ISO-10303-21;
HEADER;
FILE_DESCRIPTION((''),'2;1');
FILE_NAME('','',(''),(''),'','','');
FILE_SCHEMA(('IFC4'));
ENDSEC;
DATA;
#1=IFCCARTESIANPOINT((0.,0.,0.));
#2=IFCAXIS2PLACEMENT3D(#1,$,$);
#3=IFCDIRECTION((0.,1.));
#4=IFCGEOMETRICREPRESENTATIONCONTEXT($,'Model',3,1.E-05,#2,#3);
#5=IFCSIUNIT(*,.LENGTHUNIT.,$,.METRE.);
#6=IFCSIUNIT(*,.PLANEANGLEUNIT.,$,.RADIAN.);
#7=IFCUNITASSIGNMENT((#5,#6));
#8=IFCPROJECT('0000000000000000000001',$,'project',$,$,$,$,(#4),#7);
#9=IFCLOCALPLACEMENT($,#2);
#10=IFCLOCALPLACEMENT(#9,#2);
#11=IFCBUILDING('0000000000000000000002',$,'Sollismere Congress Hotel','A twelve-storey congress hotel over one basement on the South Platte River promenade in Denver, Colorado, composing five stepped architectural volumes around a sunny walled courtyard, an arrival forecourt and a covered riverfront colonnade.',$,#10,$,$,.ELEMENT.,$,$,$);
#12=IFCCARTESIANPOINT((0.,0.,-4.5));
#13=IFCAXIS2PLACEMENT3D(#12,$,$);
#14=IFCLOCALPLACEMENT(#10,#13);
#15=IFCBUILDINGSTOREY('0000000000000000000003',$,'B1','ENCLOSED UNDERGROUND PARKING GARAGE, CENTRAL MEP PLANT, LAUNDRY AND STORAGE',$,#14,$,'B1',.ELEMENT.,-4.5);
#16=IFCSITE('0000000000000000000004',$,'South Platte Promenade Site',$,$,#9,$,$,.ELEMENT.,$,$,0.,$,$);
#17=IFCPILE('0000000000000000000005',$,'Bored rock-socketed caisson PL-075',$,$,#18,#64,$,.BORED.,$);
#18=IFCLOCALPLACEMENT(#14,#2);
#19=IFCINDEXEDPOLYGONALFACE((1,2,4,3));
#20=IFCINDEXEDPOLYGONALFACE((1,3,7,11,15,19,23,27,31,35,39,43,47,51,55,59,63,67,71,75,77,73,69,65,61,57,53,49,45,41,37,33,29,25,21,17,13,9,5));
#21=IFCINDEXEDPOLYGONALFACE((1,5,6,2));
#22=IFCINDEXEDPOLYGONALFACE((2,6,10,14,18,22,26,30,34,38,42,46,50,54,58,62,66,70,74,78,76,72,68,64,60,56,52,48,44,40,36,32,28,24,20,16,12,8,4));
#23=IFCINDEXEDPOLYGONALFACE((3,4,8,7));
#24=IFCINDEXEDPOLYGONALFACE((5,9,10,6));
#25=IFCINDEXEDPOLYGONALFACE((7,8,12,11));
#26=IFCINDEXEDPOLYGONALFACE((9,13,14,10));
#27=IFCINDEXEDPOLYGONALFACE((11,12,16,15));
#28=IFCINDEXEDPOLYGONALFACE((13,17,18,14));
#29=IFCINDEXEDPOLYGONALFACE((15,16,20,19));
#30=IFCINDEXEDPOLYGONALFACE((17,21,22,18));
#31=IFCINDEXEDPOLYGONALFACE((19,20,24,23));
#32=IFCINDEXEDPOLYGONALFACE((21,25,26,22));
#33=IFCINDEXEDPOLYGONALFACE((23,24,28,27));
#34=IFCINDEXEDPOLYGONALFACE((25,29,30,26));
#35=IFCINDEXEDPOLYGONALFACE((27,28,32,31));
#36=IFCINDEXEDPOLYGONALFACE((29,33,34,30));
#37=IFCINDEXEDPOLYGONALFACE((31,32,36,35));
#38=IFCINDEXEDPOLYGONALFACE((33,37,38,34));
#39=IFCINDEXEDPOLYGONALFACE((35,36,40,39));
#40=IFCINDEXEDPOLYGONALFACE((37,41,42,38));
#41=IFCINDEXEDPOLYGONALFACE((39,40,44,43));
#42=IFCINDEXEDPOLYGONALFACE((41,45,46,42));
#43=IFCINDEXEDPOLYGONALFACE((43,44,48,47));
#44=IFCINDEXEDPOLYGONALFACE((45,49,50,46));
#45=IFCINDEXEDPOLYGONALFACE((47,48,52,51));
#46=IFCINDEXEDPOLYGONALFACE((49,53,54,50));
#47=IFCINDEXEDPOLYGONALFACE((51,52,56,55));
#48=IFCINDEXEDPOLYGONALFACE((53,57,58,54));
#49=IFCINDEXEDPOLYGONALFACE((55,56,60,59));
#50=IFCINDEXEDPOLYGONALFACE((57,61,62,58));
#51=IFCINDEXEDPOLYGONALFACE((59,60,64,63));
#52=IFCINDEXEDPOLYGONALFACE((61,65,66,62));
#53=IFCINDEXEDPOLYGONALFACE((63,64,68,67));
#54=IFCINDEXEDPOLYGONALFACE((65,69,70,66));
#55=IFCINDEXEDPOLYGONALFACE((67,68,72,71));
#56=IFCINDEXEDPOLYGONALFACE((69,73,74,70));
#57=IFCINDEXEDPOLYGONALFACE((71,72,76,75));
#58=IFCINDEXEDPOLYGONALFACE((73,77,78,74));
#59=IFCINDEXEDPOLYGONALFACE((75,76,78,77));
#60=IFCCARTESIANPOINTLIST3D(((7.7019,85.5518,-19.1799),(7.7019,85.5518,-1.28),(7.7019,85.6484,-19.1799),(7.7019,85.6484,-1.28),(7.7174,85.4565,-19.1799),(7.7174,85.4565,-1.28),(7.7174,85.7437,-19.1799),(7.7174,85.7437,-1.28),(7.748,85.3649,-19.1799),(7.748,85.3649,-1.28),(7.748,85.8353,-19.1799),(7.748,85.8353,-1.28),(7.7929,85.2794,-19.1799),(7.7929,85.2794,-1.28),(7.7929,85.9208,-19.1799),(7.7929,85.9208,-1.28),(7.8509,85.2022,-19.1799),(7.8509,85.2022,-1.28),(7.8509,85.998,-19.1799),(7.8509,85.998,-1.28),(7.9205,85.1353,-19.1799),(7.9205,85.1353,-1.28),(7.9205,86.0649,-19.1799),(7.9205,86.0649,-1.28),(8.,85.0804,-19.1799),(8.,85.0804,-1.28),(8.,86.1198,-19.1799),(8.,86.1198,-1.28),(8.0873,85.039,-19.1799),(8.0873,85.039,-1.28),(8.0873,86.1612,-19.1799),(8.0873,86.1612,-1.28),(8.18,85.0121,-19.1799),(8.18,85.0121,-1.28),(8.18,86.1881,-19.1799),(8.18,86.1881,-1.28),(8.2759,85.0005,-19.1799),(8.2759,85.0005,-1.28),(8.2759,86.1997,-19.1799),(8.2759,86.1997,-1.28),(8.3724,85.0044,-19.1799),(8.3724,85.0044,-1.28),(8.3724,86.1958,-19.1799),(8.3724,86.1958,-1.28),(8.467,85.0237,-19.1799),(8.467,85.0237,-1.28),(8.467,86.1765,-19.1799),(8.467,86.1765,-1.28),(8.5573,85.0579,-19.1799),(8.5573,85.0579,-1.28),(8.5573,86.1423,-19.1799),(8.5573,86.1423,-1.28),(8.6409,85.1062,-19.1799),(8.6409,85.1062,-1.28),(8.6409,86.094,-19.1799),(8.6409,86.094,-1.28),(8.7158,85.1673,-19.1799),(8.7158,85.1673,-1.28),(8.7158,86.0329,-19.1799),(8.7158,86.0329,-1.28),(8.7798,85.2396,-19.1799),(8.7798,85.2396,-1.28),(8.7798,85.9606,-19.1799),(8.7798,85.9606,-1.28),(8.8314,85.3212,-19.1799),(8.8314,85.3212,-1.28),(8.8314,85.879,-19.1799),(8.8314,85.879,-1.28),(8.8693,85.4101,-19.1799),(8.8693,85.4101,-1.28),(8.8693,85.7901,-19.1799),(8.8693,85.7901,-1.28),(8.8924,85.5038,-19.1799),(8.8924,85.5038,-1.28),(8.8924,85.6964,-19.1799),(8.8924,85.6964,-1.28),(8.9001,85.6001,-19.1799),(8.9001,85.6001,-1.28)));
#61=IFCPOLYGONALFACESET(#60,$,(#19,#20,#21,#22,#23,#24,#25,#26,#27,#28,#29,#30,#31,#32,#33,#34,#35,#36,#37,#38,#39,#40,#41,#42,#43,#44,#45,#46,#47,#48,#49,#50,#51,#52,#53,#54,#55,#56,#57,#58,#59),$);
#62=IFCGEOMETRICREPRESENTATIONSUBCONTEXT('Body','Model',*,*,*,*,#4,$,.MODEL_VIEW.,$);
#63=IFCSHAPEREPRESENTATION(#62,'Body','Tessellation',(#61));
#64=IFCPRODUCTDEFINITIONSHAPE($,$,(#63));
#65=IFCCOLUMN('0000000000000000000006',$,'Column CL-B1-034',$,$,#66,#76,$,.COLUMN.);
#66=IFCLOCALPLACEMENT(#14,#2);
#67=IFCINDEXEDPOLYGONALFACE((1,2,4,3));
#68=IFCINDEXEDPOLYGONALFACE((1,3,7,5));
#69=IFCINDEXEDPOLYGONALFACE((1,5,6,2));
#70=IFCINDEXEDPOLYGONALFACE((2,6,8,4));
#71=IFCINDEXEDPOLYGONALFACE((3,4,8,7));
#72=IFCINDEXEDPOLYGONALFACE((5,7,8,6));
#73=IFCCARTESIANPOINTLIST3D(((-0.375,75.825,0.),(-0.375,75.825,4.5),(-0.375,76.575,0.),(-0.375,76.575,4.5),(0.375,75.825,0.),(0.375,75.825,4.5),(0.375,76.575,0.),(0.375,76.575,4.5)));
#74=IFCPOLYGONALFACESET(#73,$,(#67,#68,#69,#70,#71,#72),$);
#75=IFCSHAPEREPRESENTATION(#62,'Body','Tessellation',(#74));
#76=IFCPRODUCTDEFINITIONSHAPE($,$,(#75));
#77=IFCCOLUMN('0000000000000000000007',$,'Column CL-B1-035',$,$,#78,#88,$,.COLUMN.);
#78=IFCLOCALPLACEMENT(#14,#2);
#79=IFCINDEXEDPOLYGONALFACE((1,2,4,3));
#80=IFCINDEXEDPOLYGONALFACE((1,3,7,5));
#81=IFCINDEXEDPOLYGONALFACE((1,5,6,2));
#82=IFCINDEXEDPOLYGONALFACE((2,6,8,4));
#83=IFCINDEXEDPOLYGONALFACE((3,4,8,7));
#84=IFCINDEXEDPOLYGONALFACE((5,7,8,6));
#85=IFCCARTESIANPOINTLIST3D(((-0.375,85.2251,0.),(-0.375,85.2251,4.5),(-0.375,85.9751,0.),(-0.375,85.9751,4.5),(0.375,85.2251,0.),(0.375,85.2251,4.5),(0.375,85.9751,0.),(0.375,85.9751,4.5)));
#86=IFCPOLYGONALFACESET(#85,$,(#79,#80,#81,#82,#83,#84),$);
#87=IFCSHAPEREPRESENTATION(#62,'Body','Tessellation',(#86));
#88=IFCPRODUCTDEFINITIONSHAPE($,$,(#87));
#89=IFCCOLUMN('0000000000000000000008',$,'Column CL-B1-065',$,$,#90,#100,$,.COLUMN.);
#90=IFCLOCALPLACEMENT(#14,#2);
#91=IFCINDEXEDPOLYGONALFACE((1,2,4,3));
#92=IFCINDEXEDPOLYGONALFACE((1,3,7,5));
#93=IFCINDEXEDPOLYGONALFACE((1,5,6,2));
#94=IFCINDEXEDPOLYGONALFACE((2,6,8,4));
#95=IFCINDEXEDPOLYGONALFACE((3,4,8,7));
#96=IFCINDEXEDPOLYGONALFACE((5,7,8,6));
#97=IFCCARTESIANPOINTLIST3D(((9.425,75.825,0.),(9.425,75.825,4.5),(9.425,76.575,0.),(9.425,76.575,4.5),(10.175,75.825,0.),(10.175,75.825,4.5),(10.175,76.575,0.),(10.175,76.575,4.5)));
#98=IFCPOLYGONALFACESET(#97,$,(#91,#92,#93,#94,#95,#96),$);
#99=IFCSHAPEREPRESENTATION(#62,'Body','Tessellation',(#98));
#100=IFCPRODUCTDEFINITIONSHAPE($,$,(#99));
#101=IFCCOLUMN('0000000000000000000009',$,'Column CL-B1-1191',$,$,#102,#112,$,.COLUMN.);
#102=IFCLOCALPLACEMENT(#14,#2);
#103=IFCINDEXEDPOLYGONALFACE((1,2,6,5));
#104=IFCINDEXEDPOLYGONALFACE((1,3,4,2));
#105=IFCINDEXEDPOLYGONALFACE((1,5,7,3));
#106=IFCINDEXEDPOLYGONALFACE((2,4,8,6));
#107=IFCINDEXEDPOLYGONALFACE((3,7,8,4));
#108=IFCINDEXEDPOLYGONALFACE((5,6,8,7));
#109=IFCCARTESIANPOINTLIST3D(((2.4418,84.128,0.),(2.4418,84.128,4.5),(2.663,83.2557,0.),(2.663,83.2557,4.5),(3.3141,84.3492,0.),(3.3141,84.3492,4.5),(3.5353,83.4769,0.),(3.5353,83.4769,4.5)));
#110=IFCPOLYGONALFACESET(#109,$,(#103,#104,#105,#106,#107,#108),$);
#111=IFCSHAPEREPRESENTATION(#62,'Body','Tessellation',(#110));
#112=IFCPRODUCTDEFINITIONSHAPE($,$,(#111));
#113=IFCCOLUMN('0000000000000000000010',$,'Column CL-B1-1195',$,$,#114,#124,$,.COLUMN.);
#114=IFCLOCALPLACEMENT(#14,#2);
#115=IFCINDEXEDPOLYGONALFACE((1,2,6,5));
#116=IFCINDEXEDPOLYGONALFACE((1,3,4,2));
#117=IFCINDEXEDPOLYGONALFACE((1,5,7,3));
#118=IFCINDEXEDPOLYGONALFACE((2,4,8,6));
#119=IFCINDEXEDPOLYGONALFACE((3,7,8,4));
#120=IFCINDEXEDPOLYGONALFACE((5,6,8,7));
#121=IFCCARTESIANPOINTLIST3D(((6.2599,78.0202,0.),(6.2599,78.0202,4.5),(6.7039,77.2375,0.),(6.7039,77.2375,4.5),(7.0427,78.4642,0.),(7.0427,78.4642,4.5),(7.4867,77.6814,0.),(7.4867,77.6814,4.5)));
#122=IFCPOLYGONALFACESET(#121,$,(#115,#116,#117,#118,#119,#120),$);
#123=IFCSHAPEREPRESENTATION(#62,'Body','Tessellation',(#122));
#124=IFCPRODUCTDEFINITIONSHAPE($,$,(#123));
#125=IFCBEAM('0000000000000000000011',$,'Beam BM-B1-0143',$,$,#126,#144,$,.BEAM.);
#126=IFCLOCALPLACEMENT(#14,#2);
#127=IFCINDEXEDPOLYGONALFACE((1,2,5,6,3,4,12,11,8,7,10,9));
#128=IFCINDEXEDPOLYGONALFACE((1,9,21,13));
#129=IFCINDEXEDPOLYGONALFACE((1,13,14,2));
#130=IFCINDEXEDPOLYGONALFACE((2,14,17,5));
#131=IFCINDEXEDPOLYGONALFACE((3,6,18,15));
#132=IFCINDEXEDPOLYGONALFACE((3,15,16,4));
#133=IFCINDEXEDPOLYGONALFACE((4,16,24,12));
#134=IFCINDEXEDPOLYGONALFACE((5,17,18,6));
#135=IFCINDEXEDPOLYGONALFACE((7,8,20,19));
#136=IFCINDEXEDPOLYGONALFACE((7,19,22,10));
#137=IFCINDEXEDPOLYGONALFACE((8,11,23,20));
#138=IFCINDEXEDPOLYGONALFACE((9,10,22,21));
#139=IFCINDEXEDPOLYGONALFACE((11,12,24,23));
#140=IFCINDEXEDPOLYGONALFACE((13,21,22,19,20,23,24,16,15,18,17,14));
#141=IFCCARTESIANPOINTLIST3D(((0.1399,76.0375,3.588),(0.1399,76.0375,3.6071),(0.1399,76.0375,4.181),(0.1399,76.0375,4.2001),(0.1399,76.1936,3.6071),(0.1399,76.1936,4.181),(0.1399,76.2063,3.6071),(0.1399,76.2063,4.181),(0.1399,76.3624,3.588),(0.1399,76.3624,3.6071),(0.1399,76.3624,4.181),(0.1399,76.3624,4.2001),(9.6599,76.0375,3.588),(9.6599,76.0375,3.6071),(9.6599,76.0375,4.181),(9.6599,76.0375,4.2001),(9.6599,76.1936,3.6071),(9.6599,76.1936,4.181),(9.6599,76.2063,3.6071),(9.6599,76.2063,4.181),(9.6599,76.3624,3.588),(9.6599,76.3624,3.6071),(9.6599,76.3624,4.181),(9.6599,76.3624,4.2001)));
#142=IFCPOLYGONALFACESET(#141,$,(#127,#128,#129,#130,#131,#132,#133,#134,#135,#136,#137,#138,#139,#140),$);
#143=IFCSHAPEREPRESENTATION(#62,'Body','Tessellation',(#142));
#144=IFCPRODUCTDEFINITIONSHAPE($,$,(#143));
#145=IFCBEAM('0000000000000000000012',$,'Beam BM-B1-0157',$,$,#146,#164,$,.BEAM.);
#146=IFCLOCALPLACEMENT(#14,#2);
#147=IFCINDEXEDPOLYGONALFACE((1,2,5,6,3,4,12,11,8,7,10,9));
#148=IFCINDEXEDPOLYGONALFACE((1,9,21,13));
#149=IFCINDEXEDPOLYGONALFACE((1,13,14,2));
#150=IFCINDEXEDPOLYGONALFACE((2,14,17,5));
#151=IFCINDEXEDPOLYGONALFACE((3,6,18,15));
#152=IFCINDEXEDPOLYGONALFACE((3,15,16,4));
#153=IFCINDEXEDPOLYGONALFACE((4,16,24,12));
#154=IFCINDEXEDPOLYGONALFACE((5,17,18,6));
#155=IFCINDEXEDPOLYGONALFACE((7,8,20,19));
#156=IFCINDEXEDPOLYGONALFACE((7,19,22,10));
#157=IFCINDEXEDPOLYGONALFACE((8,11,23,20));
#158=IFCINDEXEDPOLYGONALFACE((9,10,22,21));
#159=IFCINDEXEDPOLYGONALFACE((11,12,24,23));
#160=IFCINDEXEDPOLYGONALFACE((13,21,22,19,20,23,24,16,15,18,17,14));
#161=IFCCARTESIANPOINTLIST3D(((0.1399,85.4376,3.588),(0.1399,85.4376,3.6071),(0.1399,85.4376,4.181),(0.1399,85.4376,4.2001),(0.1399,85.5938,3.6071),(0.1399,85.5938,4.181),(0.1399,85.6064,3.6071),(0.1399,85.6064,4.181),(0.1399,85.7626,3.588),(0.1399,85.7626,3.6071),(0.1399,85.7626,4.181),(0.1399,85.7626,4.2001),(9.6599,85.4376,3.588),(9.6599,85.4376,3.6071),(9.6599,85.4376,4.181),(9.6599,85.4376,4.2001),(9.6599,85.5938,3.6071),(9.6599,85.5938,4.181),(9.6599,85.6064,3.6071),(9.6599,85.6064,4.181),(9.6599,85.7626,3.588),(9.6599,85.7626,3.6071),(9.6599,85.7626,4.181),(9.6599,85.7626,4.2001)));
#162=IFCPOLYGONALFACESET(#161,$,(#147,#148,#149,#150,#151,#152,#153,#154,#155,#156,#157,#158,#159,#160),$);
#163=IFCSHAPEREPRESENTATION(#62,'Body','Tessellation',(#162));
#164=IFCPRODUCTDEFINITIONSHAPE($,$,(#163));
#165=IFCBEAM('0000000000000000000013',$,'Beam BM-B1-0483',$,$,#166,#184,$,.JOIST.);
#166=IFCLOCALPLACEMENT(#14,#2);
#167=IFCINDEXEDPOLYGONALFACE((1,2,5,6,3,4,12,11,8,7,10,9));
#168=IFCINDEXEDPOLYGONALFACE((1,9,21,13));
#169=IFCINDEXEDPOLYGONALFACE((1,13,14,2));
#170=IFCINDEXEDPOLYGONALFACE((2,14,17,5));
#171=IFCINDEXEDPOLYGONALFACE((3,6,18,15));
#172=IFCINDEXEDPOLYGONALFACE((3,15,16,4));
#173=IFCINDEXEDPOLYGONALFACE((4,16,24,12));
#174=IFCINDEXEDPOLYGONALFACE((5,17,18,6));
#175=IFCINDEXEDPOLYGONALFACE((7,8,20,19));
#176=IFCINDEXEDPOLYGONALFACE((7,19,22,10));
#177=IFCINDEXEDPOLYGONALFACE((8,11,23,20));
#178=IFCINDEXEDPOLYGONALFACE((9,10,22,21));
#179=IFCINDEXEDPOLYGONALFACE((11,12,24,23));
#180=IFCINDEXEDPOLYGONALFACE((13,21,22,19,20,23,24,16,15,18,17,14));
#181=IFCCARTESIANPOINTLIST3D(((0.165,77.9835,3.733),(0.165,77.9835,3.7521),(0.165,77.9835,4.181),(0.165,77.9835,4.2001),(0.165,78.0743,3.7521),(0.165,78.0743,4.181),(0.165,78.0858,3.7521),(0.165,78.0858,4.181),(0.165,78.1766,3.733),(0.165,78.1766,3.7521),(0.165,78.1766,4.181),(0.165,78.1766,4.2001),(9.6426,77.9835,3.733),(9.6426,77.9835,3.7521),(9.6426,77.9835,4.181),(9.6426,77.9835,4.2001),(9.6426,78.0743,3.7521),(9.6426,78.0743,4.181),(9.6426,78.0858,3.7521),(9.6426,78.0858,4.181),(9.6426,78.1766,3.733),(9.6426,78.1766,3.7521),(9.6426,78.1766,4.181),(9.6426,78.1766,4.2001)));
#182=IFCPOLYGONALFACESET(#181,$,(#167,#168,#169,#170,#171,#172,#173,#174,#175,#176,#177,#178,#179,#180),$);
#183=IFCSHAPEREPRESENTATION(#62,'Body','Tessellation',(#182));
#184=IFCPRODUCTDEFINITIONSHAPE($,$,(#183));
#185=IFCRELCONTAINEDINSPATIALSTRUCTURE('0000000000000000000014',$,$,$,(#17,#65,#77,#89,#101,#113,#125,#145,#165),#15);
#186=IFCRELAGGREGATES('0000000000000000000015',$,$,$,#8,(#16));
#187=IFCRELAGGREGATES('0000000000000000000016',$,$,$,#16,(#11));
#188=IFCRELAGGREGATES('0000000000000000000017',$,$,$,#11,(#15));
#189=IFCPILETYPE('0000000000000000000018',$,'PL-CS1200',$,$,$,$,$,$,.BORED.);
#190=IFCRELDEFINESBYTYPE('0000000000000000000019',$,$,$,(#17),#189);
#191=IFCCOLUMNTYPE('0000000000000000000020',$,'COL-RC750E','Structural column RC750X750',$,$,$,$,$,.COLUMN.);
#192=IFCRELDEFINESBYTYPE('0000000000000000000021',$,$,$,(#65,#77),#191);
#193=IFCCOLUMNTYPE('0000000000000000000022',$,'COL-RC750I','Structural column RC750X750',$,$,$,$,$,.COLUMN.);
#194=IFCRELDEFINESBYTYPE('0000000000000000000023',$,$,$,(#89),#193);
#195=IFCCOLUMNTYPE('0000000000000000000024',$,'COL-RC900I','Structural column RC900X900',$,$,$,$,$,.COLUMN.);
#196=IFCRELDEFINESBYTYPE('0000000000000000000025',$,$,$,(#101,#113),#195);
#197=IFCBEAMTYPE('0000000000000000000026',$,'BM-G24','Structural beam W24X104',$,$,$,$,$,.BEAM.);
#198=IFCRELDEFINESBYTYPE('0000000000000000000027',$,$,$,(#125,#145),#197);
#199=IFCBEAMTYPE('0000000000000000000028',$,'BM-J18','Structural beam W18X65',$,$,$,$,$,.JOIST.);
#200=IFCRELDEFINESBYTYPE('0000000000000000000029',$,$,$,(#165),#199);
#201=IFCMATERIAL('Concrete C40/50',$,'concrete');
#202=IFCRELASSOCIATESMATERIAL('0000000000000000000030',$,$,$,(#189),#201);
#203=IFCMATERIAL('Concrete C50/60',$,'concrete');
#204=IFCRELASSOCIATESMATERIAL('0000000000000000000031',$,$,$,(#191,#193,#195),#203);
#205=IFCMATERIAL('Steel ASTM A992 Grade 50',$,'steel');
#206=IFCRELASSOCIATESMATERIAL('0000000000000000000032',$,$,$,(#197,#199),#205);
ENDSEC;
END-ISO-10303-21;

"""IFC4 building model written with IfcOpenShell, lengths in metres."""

from ifc_helpers import new_model, si_unit, direction, frame, origin, origin_2d, place, context, subcontext, project, spatial, rectangle, circle, i_section, extrude, material, material_profile, profile_set, type_object, element, save


model = new_model("IFC4")

# Units and contexts
model_context = context("Model", 3, precision=1e-05, world=origin(), true_north=direction((0.0, 1.0)))
body_context = subcontext(model_context, "Body", "Model", "MODEL_VIEW")
ifc_project = project(units=[si_unit("LENGTHUNIT", "METRE"), si_unit("PLANEANGLEUNIT", "RADIAN")], contexts=[model_context])

# Site, building, storey
site_placement = place(None, origin())
site = spatial("IfcSite", under=ifc_project, at=site_placement, Name="South Platte Promenade Site", CompositionType="ELEMENT", RefElevation=0.0)
building_placement = place(site_placement, origin())
building = spatial("IfcBuilding", under=site, at=building_placement, Name="Sollismere Congress Hotel", Description="A twelve-storey congress hotel over one basement on the South Platte River promenade in Denver, Colorado, composing five stepped architectural volumes around a sunny walled courtyard, an arrival forecourt and a covered riverfront colonnade.", CompositionType="ELEMENT")
storey_placement = place(building_placement, frame((0.0, 0.0, -4.5)))
storey = spatial("IfcBuildingStorey", under=building, at=storey_placement, Name="B1", Description="ENCLOSED UNDERGROUND PARKING GARAGE, CENTRAL MEP PLANT, LAUNDRY AND STORAGE", LongName="B1", CompositionType="ELEMENT", Elevation=-4.5)

# Shared definitions
ifc_material_1 = material(Name="Concrete C40/50", Category="concrete")

# Pile
ifc_material_profile_1 = material_profile(ifc_material_1, circle(Radius=0.6001, at=origin_2d()), Name="CAISSON1200")
ifc_profile_set_1 = profile_set([ifc_material_profile_1], Name="Concrete C40/50")
pile_type = type_object("IfcPileType", Name="PL-CS1200", PredefinedType="BORED", material=ifc_profile_set_1)
pile_1_placement = place(storey_placement, frame((8.3, 85.6001, -1.28), z_axis=(0.0, 0.0, -1.0), x_axis=(1.0, 0.0, 0.0)))
element("IfcPile", 1, at=pile_1_placement, inside=storey, type_object=pile_type, Name="Bored rock-socketed caisson PL-075", PredefinedType="BORED", context=body_context, shape_type="SweptSolid", body=[
    extrude(circle(Radius=0.6001, at=origin_2d()), origin(), (0.0, 0.0, 1.0), 17.8999),
])

# Columns
ifc_material_2 = material(Name="Concrete C50/60", Category="concrete")
ifc_material_profile_2 = material_profile(ifc_material_2, rectangle(XDim=0.75, YDim=0.75, at=origin_2d()), Name="RC750X750")
ifc_profile_set_2 = profile_set([ifc_material_profile_2], Name="Concrete C50/60")
column_type_1 = type_object("IfcColumnType", Name="COL-RC750E", Description="Structural column RC750X750", PredefinedType="COLUMN", material=ifc_profile_set_2)
for number, where, z_axis, x_axis, name in (
    (2, (0.0, 76.2, 0.0), (0.0, 0.0, 1.0), (1.0, 0.0, 0.0), "Column CL-B1-034"),
    (3, (0.0, 85.6001, 0.0), (0.0, 0.0, 1.0), (1.0, 0.0, 0.0), "Column CL-B1-035"),
):
    element("IfcColumn", number, at=place(storey_placement, frame(where, z_axis=z_axis, x_axis=x_axis)), inside=storey, type_object=column_type_1, Name=name, PredefinedType="COLUMN", context=body_context, shape_type="SweptSolid", body=[
        extrude(rectangle(XDim=0.75, YDim=0.75, at=origin_2d()), origin(), (0.0, 0.0, 1.0), 4.5),
    ])
ifc_material_profile_3 = material_profile(ifc_material_2, rectangle(XDim=0.75, YDim=0.75, at=origin_2d()), Name="RC750X750")
ifc_profile_set_3 = profile_set([ifc_material_profile_3], Name="Concrete C50/60")
column_type_2 = type_object("IfcColumnType", Name="COL-RC750I", Description="Structural column RC750X750", PredefinedType="COLUMN", material=ifc_profile_set_3)
column_placement = place(storey_placement, frame((9.8, 76.2, 0.0), z_axis=(0.0, 0.0, 1.0), x_axis=(1.0, 0.0, 0.0)))
element("IfcColumn", 4, at=column_placement, inside=storey, type_object=column_type_2, Name="Column CL-B1-065", PredefinedType="COLUMN", context=body_context, shape_type="SweptSolid", body=[
    extrude(rectangle(XDim=0.75, YDim=0.75, at=origin_2d()), origin(), (0.0, 0.0, 1.0), 4.5),
])
ifc_material_profile_4 = material_profile(ifc_material_2, rectangle(XDim=0.8999, YDim=0.8999, at=origin_2d()), Name="RC900X900")
ifc_profile_set_4 = profile_set([ifc_material_profile_4], Name="Concrete C50/60")
column_type_3 = type_object("IfcColumnType", Name="COL-RC900I", Description="Structural column RC900X900", PredefinedType="COLUMN", material=ifc_profile_set_4)
for number, where, z_axis, x_axis, name in (
    (5, (2.9885, 83.8025, 0.0), (0.0, 0.0, 1.0), (-0.969317, -0.245815, 0.0), "Column CL-B1-1191"),
    (6, (6.8733, 77.8508, 0.0), (0.0, 0.0, 1.0), (-0.86984, -0.493335, 0.0), "Column CL-B1-1195"),
):
    element("IfcColumn", number, at=place(storey_placement, frame(where, z_axis=z_axis, x_axis=x_axis)), inside=storey, type_object=column_type_3, Name=name, PredefinedType="COLUMN", context=body_context, shape_type="SweptSolid", body=[
        extrude(rectangle(XDim=0.8999, YDim=0.8999, at=origin_2d()), origin(), (0.0, 0.0, 1.0), 4.5),
    ])

# Beams
ifc_material_3 = material(Name="Steel ASTM A992 Grade 50", Category="steel")
ifc_material_profile_5 = material_profile(ifc_material_3, i_section(OverallWidth=0.325, OverallDepth=0.6121, WebThickness=0.0127, FlangeThickness=0.019, at=origin_2d()), Name="W24X104")
ifc_profile_set_5 = profile_set([ifc_material_profile_5], Name="Steel ASTM A992 Grade 50")
beam_type_1 = type_object("IfcBeamType", Name="BM-G24", Description="Structural beam W24X104", PredefinedType="BEAM", material=ifc_profile_set_5)
for number, where, z_axis, x_axis, name in (
    (7, (0.1399, 76.2, 3.894), (1.0, 0.0, 0.0), (0.0, 1.0, 0.0), "Beam BM-B1-0143"),
    (8, (0.1399, 85.6001, 3.894), (1.0, 0.0, 0.0), (0.0, 1.0, 0.0), "Beam BM-B1-0157"),
):
    element("IfcBeam", number, at=place(storey_placement, frame(where, z_axis=z_axis, x_axis=x_axis)), inside=storey, type_object=beam_type_1, Name=name, PredefinedType="BEAM", context=body_context, shape_type="SweptSolid", body=[
        extrude(i_section(OverallWidth=0.325, OverallDepth=0.6121, WebThickness=0.0127, FlangeThickness=0.019, at=origin_2d()), origin(), (0.0, 0.0, 1.0), 9.52),
    ])
ifc_material_profile_6 = material_profile(ifc_material_3, i_section(OverallWidth=0.1931, OverallDepth=0.467, WebThickness=0.0115, FlangeThickness=0.019, at=origin_2d()), Name="W18X65")
ifc_profile_set_6 = profile_set([ifc_material_profile_6], Name="Steel ASTM A992 Grade 50")
beam_type_2 = type_object("IfcBeamType", Name="BM-J18", Description="Structural beam W18X65", PredefinedType="JOIST", material=ifc_profile_set_6)
for number, where, z_axis, x_axis, name in (
    (9, (0.165, 78.0801, 3.9666), (1.0, 0.0, 0.0), (0.0, 1.0, 0.0), "Beam BM-B1-0483"),
):
    element("IfcBeam", number, at=place(storey_placement, frame(where, z_axis=z_axis, x_axis=x_axis)), inside=storey, type_object=beam_type_2, Name=name, PredefinedType="JOIST", context=body_context, shape_type="SweptSolid", body=[
        extrude(i_section(OverallWidth=0.1931, OverallDepth=0.467, WebThickness=0.0115, FlangeThickness=0.019, at=origin_2d()), origin(), (0.0, 0.0, 1.0), 9.4775),
    ])

save(model, "model.ifc")
